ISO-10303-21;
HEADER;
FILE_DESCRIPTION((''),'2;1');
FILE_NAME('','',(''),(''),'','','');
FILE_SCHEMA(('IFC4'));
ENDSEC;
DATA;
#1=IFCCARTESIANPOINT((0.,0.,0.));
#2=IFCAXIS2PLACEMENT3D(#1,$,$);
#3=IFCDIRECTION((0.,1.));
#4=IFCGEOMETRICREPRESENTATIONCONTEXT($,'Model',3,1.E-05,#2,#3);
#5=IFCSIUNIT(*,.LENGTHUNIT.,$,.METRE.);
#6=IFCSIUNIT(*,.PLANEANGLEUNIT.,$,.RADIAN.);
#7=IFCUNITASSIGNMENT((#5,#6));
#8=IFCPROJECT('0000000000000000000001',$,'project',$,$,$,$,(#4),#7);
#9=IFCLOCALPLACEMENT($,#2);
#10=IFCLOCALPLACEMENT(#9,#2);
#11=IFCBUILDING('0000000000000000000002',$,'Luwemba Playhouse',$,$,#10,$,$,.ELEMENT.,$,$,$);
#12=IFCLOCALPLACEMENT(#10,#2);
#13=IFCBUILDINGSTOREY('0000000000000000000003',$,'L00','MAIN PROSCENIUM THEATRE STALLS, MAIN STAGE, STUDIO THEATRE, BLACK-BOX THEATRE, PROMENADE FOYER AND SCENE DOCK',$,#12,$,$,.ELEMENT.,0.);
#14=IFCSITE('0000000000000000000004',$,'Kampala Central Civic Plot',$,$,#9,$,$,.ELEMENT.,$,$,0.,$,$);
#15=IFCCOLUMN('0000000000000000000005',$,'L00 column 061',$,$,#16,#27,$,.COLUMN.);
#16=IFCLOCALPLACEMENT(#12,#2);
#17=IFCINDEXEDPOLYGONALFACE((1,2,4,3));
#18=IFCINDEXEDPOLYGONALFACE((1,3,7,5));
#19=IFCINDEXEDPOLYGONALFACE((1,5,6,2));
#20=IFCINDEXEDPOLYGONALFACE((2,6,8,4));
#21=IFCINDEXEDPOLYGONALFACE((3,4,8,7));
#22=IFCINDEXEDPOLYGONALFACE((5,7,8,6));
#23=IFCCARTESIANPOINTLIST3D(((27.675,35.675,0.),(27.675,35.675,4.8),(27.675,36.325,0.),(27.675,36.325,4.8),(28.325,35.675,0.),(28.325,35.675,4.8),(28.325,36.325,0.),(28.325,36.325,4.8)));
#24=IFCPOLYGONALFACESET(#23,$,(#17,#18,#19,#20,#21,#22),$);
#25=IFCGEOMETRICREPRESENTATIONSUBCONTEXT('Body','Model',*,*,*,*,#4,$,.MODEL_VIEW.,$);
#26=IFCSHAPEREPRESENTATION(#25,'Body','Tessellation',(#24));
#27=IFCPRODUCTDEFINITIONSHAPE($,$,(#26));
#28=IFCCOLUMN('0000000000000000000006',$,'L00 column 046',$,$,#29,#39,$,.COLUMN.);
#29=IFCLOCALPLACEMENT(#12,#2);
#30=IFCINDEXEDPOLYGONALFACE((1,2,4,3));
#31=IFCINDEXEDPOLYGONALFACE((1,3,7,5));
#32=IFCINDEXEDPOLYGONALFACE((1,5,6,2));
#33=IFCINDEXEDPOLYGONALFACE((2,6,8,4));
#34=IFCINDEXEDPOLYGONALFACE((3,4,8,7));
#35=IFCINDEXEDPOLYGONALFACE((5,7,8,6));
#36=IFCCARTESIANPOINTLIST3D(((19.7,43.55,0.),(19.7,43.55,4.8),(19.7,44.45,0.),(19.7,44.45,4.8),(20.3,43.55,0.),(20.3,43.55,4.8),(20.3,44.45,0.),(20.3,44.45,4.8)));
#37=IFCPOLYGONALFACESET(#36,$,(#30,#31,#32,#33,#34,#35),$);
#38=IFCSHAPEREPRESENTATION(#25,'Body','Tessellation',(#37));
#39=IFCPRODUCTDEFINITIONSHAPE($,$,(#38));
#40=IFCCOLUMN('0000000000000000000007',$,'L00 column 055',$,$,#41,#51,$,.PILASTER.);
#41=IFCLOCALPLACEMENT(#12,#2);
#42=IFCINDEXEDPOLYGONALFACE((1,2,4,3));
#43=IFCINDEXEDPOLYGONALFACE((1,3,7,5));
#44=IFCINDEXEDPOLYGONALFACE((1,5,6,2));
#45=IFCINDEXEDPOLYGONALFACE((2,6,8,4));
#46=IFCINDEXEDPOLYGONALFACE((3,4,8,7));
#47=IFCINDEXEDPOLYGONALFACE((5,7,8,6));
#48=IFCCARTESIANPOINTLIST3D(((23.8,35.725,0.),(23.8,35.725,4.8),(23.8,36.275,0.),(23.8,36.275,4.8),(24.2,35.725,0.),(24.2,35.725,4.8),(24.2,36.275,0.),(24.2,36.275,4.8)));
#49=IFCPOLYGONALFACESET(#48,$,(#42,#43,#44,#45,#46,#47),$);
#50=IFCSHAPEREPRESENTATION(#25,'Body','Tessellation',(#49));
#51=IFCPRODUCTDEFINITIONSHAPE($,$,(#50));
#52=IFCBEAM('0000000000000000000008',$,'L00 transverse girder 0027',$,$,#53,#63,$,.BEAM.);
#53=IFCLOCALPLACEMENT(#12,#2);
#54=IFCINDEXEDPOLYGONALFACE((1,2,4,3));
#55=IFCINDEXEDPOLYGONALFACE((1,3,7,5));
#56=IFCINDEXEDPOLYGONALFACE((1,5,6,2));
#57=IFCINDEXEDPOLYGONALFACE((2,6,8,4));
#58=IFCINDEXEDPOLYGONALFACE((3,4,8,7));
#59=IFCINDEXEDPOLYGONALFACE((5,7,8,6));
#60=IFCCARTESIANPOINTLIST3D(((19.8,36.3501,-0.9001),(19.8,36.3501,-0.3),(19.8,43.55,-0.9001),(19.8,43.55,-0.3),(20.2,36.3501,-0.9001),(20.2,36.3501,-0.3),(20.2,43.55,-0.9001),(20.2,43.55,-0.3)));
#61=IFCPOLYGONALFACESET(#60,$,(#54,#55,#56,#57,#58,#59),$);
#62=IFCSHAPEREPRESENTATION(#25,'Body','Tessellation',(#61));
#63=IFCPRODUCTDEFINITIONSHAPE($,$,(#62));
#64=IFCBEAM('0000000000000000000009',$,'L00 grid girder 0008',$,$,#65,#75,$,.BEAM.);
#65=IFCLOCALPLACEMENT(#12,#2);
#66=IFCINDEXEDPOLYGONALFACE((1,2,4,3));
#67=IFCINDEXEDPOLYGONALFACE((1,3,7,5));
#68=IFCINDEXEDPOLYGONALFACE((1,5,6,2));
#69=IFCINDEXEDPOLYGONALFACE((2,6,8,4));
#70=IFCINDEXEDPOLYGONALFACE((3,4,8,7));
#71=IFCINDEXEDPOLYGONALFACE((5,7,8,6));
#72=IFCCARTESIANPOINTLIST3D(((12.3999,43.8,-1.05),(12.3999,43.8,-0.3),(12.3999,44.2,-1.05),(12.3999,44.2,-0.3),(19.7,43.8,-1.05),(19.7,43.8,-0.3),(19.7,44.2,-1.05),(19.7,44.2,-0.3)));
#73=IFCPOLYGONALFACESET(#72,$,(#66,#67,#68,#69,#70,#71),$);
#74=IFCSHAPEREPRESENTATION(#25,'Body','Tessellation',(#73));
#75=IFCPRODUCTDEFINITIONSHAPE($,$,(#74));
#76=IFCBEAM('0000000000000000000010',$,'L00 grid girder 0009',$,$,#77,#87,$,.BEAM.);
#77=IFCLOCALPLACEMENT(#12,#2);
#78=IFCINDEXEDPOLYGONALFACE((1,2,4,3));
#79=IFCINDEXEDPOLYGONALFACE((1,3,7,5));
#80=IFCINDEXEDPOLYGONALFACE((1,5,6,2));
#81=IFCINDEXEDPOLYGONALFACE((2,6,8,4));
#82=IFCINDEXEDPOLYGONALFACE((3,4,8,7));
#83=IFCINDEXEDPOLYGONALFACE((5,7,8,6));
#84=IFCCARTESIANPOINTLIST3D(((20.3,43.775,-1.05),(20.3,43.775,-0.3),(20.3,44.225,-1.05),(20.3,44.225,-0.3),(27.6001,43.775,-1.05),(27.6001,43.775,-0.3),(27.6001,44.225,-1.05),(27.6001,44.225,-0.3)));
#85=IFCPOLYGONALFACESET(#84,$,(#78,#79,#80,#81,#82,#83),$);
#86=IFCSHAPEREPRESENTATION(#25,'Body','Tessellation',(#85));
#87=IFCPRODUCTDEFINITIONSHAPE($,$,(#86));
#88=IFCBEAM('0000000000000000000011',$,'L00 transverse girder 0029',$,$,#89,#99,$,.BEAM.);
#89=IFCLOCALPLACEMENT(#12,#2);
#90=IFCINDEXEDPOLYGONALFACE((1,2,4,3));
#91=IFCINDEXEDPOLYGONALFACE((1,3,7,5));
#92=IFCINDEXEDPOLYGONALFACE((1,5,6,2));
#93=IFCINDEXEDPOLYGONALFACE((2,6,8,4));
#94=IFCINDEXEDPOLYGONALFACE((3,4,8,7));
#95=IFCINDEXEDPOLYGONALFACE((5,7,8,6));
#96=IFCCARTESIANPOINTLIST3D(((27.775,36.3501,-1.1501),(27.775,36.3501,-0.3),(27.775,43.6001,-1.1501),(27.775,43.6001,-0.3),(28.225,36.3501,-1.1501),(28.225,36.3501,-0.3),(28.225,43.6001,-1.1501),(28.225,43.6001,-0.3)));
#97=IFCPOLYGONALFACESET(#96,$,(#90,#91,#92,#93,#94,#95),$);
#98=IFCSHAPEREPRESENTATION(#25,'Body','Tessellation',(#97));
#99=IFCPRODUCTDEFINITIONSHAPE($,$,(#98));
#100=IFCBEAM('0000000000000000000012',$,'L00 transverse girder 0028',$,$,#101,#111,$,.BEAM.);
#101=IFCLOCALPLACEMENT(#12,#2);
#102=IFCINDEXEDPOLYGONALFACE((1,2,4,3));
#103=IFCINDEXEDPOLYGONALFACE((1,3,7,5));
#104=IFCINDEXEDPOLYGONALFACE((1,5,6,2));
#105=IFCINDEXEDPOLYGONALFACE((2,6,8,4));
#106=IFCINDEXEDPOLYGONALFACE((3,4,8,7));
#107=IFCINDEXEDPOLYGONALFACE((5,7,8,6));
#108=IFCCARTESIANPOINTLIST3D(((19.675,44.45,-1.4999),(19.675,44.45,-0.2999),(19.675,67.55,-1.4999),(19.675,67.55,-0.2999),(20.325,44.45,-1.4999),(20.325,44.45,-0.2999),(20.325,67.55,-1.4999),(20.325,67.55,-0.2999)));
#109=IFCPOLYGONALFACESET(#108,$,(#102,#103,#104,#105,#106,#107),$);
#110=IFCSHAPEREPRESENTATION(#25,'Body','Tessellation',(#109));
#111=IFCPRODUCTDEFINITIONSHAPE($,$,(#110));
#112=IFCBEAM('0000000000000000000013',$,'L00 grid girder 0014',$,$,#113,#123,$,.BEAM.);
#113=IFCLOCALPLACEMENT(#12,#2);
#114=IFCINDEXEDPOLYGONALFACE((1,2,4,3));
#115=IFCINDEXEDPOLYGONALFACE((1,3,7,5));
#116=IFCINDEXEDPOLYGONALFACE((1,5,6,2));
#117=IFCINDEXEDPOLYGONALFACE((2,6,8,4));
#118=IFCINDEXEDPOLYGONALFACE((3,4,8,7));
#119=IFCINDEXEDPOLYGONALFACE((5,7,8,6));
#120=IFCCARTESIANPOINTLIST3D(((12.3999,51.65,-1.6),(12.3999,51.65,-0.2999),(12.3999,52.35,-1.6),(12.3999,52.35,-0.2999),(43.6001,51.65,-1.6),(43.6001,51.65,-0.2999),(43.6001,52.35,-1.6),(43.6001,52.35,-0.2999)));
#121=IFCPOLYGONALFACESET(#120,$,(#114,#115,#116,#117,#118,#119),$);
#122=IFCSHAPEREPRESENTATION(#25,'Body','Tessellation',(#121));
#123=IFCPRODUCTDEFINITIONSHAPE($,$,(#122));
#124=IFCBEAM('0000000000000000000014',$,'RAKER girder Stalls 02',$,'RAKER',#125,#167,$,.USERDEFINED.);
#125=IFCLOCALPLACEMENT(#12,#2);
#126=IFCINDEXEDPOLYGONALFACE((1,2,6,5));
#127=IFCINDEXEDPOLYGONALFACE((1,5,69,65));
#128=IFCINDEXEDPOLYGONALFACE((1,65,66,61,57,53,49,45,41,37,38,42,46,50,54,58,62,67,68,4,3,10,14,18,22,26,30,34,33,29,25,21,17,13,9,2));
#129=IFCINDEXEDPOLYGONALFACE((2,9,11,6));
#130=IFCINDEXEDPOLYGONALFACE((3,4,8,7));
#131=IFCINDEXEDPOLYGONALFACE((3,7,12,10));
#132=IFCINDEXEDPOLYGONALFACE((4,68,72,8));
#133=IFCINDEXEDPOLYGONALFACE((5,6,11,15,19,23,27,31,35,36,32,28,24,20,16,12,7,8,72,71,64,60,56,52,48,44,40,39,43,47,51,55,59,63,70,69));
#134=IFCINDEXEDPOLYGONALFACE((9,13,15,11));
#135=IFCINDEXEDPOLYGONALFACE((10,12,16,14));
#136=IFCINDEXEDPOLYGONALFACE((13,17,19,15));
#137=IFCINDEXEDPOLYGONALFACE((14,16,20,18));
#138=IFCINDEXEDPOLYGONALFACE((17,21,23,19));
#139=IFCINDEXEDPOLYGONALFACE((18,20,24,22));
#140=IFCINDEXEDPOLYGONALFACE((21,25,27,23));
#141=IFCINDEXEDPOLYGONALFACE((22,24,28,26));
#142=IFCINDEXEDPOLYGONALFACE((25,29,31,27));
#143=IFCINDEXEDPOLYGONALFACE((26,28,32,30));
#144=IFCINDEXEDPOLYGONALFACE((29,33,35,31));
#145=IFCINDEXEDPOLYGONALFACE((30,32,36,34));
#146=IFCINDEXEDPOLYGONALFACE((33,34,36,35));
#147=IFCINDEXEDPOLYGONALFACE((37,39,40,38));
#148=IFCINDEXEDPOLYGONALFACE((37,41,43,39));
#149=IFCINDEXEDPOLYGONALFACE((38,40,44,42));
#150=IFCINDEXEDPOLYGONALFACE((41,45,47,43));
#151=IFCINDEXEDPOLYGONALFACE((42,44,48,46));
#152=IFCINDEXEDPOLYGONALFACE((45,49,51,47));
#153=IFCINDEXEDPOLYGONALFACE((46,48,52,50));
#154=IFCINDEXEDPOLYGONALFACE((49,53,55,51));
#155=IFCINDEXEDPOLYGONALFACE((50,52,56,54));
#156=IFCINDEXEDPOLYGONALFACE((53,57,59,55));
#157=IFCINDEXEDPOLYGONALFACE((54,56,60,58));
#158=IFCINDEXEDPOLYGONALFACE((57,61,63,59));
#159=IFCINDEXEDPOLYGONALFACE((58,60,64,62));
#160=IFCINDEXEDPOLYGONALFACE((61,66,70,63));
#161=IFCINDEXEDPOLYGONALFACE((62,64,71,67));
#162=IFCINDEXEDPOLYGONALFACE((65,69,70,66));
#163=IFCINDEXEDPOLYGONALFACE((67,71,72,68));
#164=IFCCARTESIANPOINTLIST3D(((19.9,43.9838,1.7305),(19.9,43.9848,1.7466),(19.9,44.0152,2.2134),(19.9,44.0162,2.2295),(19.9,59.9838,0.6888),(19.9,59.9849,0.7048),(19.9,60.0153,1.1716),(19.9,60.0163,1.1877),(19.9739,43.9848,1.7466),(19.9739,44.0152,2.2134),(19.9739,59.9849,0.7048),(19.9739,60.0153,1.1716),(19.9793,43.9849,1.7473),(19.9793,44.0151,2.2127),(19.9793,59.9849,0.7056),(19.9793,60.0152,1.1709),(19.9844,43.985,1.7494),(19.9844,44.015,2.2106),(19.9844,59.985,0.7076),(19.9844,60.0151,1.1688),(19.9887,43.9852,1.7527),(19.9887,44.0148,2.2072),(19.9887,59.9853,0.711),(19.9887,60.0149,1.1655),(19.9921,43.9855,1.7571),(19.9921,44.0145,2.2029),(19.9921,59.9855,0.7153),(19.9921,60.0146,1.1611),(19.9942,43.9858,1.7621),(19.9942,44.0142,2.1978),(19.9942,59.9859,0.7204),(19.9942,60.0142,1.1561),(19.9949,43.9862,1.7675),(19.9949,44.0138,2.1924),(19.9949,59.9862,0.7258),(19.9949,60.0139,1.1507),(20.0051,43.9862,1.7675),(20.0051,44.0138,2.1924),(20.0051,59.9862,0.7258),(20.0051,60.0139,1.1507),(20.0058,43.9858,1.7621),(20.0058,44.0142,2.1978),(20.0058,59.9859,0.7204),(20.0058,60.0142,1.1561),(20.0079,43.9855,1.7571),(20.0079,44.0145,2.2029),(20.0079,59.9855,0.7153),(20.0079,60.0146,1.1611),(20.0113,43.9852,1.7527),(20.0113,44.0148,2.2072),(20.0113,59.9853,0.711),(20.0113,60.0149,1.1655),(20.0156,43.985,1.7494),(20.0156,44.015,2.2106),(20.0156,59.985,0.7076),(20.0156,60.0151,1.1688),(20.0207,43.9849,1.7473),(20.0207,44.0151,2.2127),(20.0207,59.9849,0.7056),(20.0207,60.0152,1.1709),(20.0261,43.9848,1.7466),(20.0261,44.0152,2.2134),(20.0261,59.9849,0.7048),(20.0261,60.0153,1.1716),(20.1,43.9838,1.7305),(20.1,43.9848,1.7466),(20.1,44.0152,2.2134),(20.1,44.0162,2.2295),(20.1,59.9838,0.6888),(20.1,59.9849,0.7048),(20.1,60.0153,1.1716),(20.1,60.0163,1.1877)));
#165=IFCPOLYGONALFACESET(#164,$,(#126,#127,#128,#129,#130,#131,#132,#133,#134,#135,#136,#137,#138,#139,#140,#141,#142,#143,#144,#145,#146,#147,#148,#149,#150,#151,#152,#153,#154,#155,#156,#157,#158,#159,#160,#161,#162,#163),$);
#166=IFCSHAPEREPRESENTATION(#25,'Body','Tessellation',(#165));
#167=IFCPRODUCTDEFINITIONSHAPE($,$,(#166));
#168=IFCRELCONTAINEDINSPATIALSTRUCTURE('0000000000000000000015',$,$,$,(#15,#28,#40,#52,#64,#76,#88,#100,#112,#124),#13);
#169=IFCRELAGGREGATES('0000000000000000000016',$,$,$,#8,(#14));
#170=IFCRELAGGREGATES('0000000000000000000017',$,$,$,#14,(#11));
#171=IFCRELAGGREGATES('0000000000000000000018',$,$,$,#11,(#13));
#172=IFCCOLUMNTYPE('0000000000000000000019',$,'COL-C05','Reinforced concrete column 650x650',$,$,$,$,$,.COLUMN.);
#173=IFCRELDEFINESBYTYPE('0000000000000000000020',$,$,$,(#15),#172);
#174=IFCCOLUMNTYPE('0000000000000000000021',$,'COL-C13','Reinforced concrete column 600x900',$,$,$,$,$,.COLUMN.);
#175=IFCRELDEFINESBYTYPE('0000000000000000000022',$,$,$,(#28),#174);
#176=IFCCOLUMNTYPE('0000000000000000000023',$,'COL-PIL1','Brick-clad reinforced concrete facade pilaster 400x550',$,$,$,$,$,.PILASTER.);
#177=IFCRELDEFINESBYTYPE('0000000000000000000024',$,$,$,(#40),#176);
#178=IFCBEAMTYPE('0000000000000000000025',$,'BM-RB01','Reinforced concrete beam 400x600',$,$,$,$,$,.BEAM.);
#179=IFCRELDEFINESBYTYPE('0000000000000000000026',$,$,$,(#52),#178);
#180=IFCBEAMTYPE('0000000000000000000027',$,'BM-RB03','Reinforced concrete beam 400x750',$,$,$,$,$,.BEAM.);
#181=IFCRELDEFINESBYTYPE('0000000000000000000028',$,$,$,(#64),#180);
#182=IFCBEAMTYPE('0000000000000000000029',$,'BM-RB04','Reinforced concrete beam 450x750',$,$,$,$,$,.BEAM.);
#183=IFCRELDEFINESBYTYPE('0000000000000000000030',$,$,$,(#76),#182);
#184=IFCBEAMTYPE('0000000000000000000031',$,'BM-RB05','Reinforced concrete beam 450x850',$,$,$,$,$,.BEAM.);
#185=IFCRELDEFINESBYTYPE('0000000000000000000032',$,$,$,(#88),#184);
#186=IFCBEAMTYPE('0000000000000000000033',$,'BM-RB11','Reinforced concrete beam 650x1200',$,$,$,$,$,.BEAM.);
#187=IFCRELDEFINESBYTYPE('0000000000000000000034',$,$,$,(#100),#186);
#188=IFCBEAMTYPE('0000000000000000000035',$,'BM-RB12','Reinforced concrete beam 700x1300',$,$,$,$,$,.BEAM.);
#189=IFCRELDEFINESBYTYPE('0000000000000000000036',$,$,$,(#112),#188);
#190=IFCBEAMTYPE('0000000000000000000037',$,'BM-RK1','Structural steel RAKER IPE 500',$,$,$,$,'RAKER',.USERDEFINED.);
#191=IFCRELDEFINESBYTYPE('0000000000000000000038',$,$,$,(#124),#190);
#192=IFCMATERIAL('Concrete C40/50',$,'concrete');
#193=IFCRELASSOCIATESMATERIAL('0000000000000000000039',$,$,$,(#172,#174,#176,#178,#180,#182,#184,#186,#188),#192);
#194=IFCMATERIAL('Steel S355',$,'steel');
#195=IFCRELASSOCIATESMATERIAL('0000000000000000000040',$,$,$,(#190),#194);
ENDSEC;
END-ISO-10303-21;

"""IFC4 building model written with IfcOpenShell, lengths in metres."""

from ifc_helpers import new_model, si_unit, direction, frame, origin, origin_2d, place, context, subcontext, project, spatial, rectangle, i_section, extrude, material, material_profile, profile_set, type_object, element, save


model = new_model("IFC4")

# Units and contexts
model_context = context("Model", 3, precision=1e-05, world=origin(), true_north=direction((0.0, 1.0)))
body_context = subcontext(model_context, "Body", "Model", "MODEL_VIEW")
ifc_project = project(units=[si_unit("LENGTHUNIT", "METRE"), si_unit("PLANEANGLEUNIT", "RADIAN")], contexts=[model_context])

# Site, building, storey
site_placement = place(None, origin())
site = spatial("IfcSite", under=ifc_project, at=site_placement, Name="Kampala Central Civic Plot", CompositionType="ELEMENT", RefElevation=0.0)
building_placement = place(site_placement, origin())
building = spatial("IfcBuilding", under=site, at=building_placement, Name="Luwemba Playhouse", CompositionType="ELEMENT")
storey_placement = place(building_placement, origin())
storey = spatial("IfcBuildingStorey", under=building, at=storey_placement, Name="L00", Description="MAIN PROSCENIUM THEATRE STALLS, MAIN STAGE, STUDIO THEATRE, BLACK-BOX THEATRE, PROMENADE FOYER AND SCENE DOCK", CompositionType="ELEMENT", Elevation=0.0)

# Columns
ifc_material_1 = material(Name="Concrete C40/50", Category="concrete")
ifc_material_profile_1 = material_profile(ifc_material_1, rectangle(XDim=0.6499, YDim=0.6499, at=origin_2d()))
ifc_profile_set_1 = profile_set([ifc_material_profile_1], Name="Concrete C40/50")
column_type_1 = type_object("IfcColumnType", Name="COL-C05", Description="Reinforced concrete column 650x650", PredefinedType="COLUMN", material=ifc_profile_set_1)
column_1_placement = place(storey_placement, frame((28.0, 36.0, 0.0), z_axis=(0.0, 0.0, 1.0), x_axis=(1.0, 0.0, 0.0)))
element("IfcColumn", 1, at=column_1_placement, inside=storey, type_object=column_type_1, Name="L00 column 061", PredefinedType="COLUMN", context=body_context, shape_type="SweptSolid", body=[
    extrude(rectangle(XDim=0.6499, YDim=0.6499, at=origin_2d()), origin(), (0.0, 0.0, 1.0), 4.8),
])
ifc_material_profile_2 = material_profile(ifc_material_1, rectangle(XDim=0.6001, YDim=0.8999, at=origin_2d()))
ifc_profile_set_2 = profile_set([ifc_material_profile_2], Name="Concrete C40/50")
column_type_2 = type_object("IfcColumnType", Name="COL-C13", Description="Reinforced concrete column 600x900", PredefinedType="COLUMN", material=ifc_profile_set_2)
column_2_placement = place(storey_placement, frame((20.0, 44.0, 0.0), z_axis=(0.0, 0.0, 1.0), x_axis=(1.0, 0.0, 0.0)))
element("IfcColumn", 2, at=column_2_placement, inside=storey, type_object=column_type_2, Name="L00 column 046", PredefinedType="COLUMN", context=body_context, shape_type="SweptSolid", body=[
    extrude(rectangle(XDim=0.6001, YDim=0.8999, at=origin_2d()), origin(), (0.0, 0.0, 1.0), 4.8),
])
ifc_material_profile_3 = material_profile(ifc_material_1, rectangle(XDim=0.3999, YDim=0.55, at=origin_2d()))
ifc_profile_set_3 = profile_set([ifc_material_profile_3], Name="Concrete C40/50")
column_type_3 = type_object("IfcColumnType", Name="COL-PIL1", Description="Brick-clad reinforced concrete facade pilaster 400x550", PredefinedType="PILASTER", material=ifc_profile_set_3)
column_3_placement = place(storey_placement, frame((24.0, 36.0, 0.0), z_axis=(0.0, 0.0, 1.0), x_axis=(1.0, 0.0, 0.0)))
element("IfcColumn", 3, at=column_3_placement, inside=storey, type_object=column_type_3, Name="L00 column 055", PredefinedType="PILASTER", context=body_context, shape_type="SweptSolid", body=[
    extrude(rectangle(XDim=0.3999, YDim=0.55, at=origin_2d()), origin(), (0.0, 0.0, 1.0), 4.8),
])

# Beams
ifc_material_profile_4 = material_profile(ifc_material_1, rectangle(XDim=0.3999, YDim=0.6001, at=origin_2d()))
ifc_profile_set_4 = profile_set([ifc_material_profile_4], Name="Concrete C40/50")
beam_type_1 = type_object("IfcBeamType", Name="BM-RB01", Description="Reinforced concrete beam 400x600", PredefinedType="BEAM", material=ifc_profile_set_4)
beam_1_placement = place(storey_placement, frame((20.0, 36.3501, -0.6001), z_axis=(0.0, 1.0, 0.0), x_axis=(-1.0, 0.0, 0.0)))
element("IfcBeam", 4, at=beam_1_placement, inside=storey, type_object=beam_type_1, Name="L00 transverse girder 0027", PredefinedType="BEAM", context=body_context, shape_type="SweptSolid", body=[
    extrude(rectangle(XDim=0.3999, YDim=0.6001, at=origin_2d()), origin(), (0.0, 0.0, 1.0), 7.2),
])
ifc_material_profile_5 = material_profile(ifc_material_1, rectangle(XDim=0.3999, YDim=0.75, at=origin_2d()))
ifc_profile_set_5 = profile_set([ifc_material_profile_5], Name="Concrete C40/50")
beam_type_2 = type_object("IfcBeamType", Name="BM-RB03", Description="Reinforced concrete beam 400x750", PredefinedType="BEAM", material=ifc_profile_set_5)
beam_2_placement = place(storey_placement, frame((12.3999, 44.0, -0.675), z_axis=(1.0, 0.0, 0.0), x_axis=(0.0, 1.0, 0.0)))
element("IfcBeam", 5, at=beam_2_placement, inside=storey, type_object=beam_type_2, Name="L00 grid girder 0008", PredefinedType="BEAM", context=body_context, shape_type="SweptSolid", body=[
    extrude(rectangle(XDim=0.3999, YDim=0.75, at=origin_2d()), origin(), (0.0, 0.0, 1.0), 7.3),
])
ifc_material_profile_6 = material_profile(ifc_material_1, rectangle(XDim=0.45, YDim=0.75, at=origin_2d()))
ifc_profile_set_6 = profile_set([ifc_material_profile_6], Name="Concrete C40/50")
beam_type_3 = type_object("IfcBeamType", Name="BM-RB04", Description="Reinforced concrete beam 450x750", PredefinedType="BEAM", material=ifc_profile_set_6)
beam_3_placement = place(storey_placement, frame((20.3, 44.0, -0.675), z_axis=(1.0, 0.0, 0.0), x_axis=(0.0, 1.0, 0.0)))
element("IfcBeam", 6, at=beam_3_placement, inside=storey, type_object=beam_type_3, Name="L00 grid girder 0009", PredefinedType="BEAM", context=body_context, shape_type="SweptSolid", body=[
    extrude(rectangle(XDim=0.45, YDim=0.75, at=origin_2d()), origin(), (0.0, 0.0, 1.0), 7.3),
])
ifc_material_profile_7 = material_profile(ifc_material_1, rectangle(XDim=0.45, YDim=0.8501, at=origin_2d()))
ifc_profile_set_7 = profile_set([ifc_material_profile_7], Name="Concrete C40/50")
beam_type_4 = type_object("IfcBeamType", Name="BM-RB05", Description="Reinforced concrete beam 450x850", PredefinedType="BEAM", material=ifc_profile_set_7)
beam_4_placement = place(storey_placement, frame((28.0, 36.3501, -0.7251), z_axis=(0.0, 1.0, 0.0), x_axis=(-1.0, 0.0, 0.0)))
element("IfcBeam", 7, at=beam_4_placement, inside=storey, type_object=beam_type_4, Name="L00 transverse girder 0029", PredefinedType="BEAM", context=body_context, shape_type="SweptSolid", body=[
    extrude(rectangle(XDim=0.45, YDim=0.8501, at=origin_2d()), origin(), (0.0, 0.0, 1.0), 7.25),
])
ifc_material_profile_8 = material_profile(ifc_material_1, rectangle(XDim=0.6499, YDim=1.2, at=origin_2d()))
ifc_profile_set_8 = profile_set([ifc_material_profile_8], Name="Concrete C40/50")
beam_type_5 = type_object("IfcBeamType", Name="BM-RB11", Description="Reinforced concrete beam 650x1200", PredefinedType="BEAM", material=ifc_profile_set_8)
beam_5_placement = place(storey_placement, frame((20.0, 44.45, -0.8999), z_axis=(0.0, 1.0, 0.0), x_axis=(-1.0, 0.0, 0.0)))
element("IfcBeam", 8, at=beam_5_placement, inside=storey, type_object=beam_type_5, Name="L00 transverse girder 0028", PredefinedType="BEAM", context=body_context, shape_type="SweptSolid", body=[
    extrude(rectangle(XDim=0.6499, YDim=1.2, at=origin_2d()), origin(), (0.0, 0.0, 1.0), 23.1001),
])
ifc_material_profile_9 = material_profile(ifc_material_1, rectangle(XDim=0.7, YDim=1.3, at=origin_2d()))
ifc_profile_set_9 = profile_set([ifc_material_profile_9], Name="Concrete C40/50")
beam_type_6 = type_object("IfcBeamType", Name="BM-RB12", Description="Reinforced concrete beam 700x1300", PredefinedType="BEAM", material=ifc_profile_set_9)
beam_6_placement = place(storey_placement, frame((12.3999, 52.0, -0.95), z_axis=(1.0, 0.0, 0.0), x_axis=(0.0, 1.0, 0.0)))
element("IfcBeam", 9, at=beam_6_placement, inside=storey, type_object=beam_type_6, Name="L00 grid girder 0014", PredefinedType="BEAM", context=body_context, shape_type="SweptSolid", body=[
    extrude(rectangle(XDim=0.7, YDim=1.3, at=origin_2d()), origin(), (0.0, 0.0, 1.0), 31.2002),
])
ifc_material_2 = material(Name="Steel S355", Category="steel")
ifc_material_profile_10 = material_profile(ifc_material_2, i_section(OverallWidth=0.2, OverallDepth=0.5, WebThickness=0.0103, FlangeThickness=0.0161, FilletRadius=0.021, at=origin_2d()))
ifc_profile_set_10 = profile_set([ifc_material_profile_10], Name="Steel S355")
beam_type_7 = type_object("IfcBeamType", Name="BM-RK1", Description="Structural steel RAKER IPE 500", ElementType="RAKER", PredefinedType="USERDEFINED", material=ifc_profile_set_10)
beam_7_placement = place(storey_placement, frame((20.0, 44.0, 1.98), z_axis=(0.0, 0.997887, -0.064972), x_axis=(-1.0, 0.0, 0.0)))
element("IfcBeam", 10, at=beam_7_placement, inside=storey, type_object=beam_type_7, Name="RAKER girder Stalls 02", ObjectType="RAKER", PredefinedType="USERDEFINED", context=body_context, shape_type="SweptSolid", body=[
    extrude(i_section(OverallWidth=0.2, OverallDepth=0.5, WebThickness=0.0103, FlangeThickness=0.0161, FilletRadius=0.021, at=origin_2d()), origin(), (0.0, 0.0, 1.0), 16.0339),
])

save(model, "model.ifc")
